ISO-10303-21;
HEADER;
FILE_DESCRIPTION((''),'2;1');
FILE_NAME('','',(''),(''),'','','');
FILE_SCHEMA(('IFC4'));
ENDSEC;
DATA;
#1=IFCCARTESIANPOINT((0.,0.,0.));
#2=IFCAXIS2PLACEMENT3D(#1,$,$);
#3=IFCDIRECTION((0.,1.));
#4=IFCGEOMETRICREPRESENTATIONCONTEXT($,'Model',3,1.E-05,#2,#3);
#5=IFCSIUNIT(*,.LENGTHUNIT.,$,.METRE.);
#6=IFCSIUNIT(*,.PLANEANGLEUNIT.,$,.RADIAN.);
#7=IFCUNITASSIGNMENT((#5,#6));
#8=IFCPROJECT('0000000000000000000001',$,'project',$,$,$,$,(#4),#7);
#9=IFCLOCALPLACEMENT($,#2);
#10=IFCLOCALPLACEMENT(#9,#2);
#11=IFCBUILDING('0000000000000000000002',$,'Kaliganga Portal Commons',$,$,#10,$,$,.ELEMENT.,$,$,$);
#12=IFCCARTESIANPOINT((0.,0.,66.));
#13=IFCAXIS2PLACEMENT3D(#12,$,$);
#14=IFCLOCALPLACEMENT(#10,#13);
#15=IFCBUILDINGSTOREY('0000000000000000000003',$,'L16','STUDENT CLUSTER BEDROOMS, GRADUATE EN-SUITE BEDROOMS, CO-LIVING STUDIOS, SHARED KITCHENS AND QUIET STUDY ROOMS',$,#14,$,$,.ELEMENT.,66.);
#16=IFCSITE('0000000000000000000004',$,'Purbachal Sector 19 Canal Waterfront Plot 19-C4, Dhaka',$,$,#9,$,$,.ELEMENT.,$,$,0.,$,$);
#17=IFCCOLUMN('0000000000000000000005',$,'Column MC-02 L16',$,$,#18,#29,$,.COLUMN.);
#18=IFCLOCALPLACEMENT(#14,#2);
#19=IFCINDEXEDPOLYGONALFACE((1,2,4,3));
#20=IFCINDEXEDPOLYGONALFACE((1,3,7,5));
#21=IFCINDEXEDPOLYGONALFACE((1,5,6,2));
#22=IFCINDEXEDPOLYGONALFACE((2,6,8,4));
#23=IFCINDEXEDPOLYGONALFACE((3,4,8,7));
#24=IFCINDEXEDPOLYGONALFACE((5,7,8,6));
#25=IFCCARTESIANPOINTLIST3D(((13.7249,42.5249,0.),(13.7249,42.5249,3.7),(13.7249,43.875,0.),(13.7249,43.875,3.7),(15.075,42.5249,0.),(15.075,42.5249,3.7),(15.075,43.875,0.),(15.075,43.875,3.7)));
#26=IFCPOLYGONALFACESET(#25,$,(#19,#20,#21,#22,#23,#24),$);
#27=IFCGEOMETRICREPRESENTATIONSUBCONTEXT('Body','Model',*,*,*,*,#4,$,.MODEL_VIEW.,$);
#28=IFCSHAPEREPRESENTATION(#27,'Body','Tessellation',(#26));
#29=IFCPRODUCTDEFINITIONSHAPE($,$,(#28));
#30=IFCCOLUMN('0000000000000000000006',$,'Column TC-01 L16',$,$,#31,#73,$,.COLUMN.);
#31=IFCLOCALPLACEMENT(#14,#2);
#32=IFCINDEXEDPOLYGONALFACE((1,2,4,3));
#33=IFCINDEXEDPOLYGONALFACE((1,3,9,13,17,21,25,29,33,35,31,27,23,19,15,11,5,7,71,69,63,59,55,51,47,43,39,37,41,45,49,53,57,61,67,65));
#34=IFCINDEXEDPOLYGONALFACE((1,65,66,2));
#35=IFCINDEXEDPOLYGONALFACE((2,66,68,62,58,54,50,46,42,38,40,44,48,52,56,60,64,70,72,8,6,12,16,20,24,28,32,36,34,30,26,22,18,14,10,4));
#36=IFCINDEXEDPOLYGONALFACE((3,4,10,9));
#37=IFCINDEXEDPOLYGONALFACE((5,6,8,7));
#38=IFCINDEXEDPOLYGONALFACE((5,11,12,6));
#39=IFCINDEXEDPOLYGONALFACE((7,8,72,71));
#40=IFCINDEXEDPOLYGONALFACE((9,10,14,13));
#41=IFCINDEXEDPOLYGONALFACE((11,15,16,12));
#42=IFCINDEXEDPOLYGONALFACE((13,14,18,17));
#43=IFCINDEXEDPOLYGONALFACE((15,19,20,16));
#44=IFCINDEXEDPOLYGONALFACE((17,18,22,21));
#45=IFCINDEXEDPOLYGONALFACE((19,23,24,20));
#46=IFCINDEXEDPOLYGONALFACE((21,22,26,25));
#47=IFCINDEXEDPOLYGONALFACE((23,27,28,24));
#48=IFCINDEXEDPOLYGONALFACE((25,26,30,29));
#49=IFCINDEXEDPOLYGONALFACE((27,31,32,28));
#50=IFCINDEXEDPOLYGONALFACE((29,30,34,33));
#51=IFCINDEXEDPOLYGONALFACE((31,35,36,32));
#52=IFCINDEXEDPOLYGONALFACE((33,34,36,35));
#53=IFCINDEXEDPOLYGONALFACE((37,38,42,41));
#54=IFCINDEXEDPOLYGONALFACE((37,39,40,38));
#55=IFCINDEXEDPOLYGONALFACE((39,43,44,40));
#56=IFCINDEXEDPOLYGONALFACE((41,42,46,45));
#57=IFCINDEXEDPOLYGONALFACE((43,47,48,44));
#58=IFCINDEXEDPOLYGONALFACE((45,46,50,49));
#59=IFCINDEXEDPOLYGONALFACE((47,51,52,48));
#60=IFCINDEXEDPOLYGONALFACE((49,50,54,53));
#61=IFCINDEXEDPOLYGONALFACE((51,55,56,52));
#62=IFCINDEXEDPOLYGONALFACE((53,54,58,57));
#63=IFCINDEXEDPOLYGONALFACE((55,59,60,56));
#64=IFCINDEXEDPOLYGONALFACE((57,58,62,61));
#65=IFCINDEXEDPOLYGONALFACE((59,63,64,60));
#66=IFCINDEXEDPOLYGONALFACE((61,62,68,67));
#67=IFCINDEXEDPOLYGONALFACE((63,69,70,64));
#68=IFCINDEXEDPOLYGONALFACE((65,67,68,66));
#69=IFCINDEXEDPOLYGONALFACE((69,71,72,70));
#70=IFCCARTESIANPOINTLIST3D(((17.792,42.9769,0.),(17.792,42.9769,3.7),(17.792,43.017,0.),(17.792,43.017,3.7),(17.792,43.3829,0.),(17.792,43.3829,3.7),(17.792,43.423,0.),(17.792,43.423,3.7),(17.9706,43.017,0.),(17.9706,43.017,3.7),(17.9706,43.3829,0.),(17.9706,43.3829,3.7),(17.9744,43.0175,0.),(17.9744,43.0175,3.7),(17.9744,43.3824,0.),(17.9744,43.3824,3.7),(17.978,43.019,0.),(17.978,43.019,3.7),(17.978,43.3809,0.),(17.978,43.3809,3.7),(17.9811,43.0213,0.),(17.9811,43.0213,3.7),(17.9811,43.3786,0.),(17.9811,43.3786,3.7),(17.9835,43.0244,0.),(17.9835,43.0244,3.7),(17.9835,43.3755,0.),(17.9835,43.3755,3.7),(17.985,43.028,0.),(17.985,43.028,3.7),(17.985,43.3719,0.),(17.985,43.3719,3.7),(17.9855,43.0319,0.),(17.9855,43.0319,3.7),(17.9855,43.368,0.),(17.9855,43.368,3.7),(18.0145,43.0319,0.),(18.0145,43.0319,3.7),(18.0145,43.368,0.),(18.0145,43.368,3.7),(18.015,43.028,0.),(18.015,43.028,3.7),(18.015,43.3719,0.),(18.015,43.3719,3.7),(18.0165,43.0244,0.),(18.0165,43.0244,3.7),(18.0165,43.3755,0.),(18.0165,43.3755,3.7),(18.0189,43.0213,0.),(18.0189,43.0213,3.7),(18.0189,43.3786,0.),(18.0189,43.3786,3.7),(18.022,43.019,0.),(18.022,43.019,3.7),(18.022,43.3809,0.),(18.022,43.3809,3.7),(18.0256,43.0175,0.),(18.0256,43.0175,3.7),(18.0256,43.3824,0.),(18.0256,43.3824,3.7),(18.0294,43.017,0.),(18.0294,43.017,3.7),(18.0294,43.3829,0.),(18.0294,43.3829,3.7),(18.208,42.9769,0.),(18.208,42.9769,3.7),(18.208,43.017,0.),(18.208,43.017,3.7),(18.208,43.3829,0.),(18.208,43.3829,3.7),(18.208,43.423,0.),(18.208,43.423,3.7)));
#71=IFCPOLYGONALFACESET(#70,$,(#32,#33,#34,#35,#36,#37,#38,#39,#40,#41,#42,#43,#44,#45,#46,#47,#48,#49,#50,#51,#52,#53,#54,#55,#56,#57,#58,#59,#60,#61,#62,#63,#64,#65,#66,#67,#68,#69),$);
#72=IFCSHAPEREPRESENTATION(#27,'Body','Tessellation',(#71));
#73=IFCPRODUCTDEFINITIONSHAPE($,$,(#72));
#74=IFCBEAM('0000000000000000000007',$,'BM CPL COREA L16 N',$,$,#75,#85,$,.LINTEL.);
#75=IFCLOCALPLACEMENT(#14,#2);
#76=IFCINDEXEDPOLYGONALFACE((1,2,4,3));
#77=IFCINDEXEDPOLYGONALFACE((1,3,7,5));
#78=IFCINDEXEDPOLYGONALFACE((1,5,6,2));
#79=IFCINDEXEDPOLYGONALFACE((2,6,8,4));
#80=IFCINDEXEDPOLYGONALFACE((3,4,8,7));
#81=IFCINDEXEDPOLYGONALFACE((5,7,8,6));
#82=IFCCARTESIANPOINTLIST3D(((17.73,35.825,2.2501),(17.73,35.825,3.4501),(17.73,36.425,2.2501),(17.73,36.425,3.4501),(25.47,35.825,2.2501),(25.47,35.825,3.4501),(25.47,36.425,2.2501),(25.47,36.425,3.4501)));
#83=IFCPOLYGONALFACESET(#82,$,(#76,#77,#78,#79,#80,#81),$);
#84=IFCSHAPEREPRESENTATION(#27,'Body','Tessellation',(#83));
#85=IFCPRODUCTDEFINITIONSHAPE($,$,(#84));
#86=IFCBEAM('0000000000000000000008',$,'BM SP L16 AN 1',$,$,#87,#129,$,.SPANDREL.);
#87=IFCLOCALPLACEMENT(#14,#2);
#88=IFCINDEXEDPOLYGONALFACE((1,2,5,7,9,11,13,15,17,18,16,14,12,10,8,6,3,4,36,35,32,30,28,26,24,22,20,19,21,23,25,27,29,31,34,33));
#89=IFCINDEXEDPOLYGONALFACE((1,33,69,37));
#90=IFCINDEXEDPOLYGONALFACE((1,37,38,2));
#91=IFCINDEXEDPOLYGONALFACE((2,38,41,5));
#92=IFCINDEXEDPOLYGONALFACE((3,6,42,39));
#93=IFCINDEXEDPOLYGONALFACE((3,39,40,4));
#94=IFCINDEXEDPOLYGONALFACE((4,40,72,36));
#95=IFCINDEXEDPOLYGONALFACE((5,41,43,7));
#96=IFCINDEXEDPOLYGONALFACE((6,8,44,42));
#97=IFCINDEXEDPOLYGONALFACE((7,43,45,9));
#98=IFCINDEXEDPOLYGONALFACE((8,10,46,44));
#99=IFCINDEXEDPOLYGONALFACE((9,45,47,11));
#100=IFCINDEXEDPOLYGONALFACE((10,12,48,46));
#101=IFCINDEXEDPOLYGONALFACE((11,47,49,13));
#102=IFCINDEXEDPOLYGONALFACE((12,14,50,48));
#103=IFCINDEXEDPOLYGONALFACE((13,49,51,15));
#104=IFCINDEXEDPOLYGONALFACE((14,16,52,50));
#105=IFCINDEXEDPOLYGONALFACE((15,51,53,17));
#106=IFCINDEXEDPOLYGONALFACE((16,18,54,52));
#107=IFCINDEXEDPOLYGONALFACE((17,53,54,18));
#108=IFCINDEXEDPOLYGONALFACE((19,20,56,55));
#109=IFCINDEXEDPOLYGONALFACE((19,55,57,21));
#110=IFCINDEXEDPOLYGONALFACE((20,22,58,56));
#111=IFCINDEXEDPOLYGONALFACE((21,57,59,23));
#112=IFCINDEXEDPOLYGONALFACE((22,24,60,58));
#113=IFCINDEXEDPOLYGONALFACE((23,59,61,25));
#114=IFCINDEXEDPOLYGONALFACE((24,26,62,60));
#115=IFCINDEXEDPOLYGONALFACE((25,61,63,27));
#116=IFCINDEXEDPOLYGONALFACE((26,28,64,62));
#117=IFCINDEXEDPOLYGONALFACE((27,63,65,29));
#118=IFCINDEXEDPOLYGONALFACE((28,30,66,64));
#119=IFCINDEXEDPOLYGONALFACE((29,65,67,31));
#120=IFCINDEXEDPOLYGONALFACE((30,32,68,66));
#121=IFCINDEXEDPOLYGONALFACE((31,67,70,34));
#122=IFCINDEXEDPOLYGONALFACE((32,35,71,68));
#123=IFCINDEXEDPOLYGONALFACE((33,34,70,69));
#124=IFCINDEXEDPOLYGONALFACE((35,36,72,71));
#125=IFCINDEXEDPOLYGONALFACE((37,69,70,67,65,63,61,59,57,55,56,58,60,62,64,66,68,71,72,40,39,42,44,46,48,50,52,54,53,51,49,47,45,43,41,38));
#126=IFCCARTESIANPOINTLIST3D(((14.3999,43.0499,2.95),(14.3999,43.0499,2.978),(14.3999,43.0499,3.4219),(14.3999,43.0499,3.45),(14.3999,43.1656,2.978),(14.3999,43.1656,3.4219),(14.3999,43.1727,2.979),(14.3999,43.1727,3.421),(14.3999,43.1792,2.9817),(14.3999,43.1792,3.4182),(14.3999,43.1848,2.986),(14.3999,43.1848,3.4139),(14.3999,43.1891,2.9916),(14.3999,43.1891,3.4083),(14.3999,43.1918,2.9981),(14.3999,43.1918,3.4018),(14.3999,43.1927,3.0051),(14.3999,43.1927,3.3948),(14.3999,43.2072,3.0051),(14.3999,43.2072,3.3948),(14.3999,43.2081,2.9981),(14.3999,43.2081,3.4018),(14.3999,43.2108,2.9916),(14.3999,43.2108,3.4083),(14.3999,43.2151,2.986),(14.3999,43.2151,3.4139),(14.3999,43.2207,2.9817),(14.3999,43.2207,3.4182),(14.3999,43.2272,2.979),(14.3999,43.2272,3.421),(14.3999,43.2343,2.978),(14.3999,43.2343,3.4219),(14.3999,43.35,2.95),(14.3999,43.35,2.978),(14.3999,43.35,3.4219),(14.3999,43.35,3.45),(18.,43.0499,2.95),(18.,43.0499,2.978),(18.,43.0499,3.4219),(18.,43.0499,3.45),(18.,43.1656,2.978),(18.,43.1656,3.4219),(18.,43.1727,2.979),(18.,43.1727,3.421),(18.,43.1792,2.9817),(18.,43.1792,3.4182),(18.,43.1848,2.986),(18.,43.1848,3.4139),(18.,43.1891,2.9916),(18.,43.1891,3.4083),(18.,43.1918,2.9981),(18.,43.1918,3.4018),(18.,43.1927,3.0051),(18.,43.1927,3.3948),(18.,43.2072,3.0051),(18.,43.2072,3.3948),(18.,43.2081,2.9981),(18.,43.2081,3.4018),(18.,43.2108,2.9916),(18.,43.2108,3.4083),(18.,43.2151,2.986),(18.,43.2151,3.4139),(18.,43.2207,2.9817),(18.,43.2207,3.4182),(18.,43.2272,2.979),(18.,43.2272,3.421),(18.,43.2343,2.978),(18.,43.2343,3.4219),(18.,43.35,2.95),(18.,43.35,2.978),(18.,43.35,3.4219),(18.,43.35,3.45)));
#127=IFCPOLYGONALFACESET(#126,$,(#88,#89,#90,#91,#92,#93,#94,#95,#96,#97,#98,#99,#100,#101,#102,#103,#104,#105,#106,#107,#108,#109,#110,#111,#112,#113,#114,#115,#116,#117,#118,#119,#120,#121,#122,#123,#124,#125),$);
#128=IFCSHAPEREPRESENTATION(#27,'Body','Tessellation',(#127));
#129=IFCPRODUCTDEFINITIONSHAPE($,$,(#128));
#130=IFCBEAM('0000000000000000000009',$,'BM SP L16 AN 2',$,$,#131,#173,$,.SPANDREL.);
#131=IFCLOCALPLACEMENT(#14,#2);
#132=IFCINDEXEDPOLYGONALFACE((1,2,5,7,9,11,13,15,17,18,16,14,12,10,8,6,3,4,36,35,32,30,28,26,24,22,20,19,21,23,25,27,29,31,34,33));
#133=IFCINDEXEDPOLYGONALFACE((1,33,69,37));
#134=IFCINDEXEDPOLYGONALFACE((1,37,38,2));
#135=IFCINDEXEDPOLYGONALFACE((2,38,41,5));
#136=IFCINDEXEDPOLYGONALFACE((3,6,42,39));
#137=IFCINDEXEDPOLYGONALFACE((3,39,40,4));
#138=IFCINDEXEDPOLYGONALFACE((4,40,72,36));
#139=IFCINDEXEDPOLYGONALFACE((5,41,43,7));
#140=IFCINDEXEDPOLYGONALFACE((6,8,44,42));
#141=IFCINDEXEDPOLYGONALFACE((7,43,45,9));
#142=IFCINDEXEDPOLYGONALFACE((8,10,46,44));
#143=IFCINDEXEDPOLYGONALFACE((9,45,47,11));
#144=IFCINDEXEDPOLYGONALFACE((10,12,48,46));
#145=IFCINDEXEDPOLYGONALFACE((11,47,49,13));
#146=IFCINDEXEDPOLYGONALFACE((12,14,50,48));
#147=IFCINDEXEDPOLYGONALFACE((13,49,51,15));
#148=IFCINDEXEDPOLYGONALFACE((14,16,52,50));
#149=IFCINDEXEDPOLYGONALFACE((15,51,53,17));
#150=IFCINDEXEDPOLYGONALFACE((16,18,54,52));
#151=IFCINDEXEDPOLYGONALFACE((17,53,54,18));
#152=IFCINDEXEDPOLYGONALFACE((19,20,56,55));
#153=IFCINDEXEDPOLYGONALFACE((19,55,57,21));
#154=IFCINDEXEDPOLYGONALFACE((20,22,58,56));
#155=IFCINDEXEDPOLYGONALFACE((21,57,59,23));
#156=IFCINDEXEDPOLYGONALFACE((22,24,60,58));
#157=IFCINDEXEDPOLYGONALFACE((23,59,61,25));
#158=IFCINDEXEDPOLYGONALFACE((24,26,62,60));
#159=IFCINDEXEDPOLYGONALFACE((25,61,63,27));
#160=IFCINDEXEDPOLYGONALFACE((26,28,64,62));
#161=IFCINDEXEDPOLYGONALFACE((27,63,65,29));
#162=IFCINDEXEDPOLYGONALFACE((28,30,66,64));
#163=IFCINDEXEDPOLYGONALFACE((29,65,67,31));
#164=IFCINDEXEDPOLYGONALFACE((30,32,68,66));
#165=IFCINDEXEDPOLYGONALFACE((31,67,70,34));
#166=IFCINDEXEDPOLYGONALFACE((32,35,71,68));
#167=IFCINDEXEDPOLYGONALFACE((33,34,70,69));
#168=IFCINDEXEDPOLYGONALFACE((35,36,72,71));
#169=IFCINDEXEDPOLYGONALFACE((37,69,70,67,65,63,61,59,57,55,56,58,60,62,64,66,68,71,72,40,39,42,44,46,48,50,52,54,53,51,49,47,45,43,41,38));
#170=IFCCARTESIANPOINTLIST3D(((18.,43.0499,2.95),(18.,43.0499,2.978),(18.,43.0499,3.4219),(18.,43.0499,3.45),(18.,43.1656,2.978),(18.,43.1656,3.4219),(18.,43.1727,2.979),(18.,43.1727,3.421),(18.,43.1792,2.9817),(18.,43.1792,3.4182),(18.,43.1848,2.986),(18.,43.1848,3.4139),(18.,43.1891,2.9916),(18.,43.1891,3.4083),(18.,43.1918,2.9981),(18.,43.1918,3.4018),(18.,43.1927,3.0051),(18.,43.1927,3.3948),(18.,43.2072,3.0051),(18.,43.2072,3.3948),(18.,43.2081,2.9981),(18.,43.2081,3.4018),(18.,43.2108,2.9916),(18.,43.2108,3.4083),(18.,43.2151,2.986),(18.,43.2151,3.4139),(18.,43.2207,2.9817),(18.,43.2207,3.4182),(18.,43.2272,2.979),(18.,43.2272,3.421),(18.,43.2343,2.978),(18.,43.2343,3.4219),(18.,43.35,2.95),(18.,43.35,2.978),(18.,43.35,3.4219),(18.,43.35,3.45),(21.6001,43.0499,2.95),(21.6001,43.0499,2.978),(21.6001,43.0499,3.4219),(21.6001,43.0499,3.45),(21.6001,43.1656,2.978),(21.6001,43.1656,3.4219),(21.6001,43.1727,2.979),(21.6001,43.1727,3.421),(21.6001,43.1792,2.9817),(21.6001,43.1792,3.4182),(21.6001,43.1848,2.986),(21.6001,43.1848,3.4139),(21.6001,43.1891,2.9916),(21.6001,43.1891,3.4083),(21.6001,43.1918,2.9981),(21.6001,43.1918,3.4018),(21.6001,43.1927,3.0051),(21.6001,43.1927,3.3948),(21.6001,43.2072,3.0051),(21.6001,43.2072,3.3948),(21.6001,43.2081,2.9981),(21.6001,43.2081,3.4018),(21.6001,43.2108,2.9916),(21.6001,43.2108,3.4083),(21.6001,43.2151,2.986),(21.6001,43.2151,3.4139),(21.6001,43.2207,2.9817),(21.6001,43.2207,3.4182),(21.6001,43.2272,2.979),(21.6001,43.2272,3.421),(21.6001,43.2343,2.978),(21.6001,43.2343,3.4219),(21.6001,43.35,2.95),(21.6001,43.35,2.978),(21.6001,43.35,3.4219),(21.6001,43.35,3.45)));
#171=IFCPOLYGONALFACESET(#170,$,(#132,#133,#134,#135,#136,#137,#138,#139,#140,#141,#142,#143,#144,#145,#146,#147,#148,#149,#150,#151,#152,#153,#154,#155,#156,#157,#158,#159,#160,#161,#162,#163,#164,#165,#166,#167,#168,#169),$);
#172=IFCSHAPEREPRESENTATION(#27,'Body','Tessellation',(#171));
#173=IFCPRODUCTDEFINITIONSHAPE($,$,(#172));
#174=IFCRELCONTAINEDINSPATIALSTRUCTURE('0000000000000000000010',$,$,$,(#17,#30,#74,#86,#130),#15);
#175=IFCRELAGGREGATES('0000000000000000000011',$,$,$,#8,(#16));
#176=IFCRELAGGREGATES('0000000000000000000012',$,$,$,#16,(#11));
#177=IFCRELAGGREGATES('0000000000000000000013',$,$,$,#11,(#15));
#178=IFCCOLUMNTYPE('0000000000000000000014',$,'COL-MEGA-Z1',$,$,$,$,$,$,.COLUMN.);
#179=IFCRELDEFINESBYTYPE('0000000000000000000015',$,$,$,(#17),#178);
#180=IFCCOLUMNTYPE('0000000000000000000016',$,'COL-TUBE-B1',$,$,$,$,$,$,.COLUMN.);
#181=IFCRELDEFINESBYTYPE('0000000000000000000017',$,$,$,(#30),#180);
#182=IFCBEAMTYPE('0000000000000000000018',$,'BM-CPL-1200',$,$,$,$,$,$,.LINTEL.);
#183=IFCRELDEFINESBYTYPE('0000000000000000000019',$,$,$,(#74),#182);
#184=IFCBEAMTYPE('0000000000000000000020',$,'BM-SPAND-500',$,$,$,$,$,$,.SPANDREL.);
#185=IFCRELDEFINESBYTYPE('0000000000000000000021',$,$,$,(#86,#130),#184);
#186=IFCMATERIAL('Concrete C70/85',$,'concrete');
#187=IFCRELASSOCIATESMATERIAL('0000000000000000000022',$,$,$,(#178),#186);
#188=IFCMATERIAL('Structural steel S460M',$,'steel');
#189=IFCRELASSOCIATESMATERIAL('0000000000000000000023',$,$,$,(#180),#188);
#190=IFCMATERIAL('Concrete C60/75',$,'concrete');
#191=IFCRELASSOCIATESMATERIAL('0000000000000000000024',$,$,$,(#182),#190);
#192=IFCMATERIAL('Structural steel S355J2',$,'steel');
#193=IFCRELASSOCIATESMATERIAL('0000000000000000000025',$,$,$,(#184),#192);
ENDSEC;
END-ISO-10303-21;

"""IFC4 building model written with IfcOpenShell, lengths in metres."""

from ifc_helpers import new_model, si_unit, direction, frame, origin, origin_2d, place, context, subcontext, project, spatial, rectangle, i_section, extrude, source, transform, mapped, material, material_profile, profile_set, type_object, element, save


model = new_model("IFC4")

# Units and contexts
model_context = context("Model", 3, precision=1e-05, world=origin(), true_north=direction((0.0, 1.0)))
body_context = subcontext(model_context, "Body", "Model", "MODEL_VIEW")
ifc_project = project(units=[si_unit("LENGTHUNIT", "METRE"), si_unit("PLANEANGLEUNIT", "RADIAN")], contexts=[model_context])

# Site, building, storey
site_placement = place(None, origin())
site = spatial("IfcSite", under=ifc_project, at=site_placement, Name="Purbachal Sector 19 Canal Waterfront Plot 19-C4, Dhaka", CompositionType="ELEMENT", RefElevation=0.0)
building_placement = place(site_placement, origin())
building = spatial("IfcBuilding", under=site, at=building_placement, Name="Kaliganga Portal Commons", CompositionType="ELEMENT")
storey_placement = place(building_placement, frame((0.0, 0.0, 66.0)))
storey = spatial("IfcBuildingStorey", under=building, at=storey_placement, Name="L16", Description="STUDENT CLUSTER BEDROOMS, GRADUATE EN-SUITE BEDROOMS, CO-LIVING STUDIOS, SHARED KITCHENS AND QUIET STUDY ROOMS", CompositionType="ELEMENT", Elevation=66.0)

# Columns
ifc_material_1 = material(Name="Concrete C70/85", Category="concrete")
ifc_material_profile_1 = material_profile(ifc_material_1, rectangle(XDim=1.3501, YDim=1.3501, at=origin_2d()), Name="RC 1350x1350")
ifc_profile_set_1 = profile_set([ifc_material_profile_1], Name="Concrete C70/85")
column_type_1 = type_object("IfcColumnType", Name="COL-MEGA-Z1", PredefinedType="COLUMN", material=ifc_profile_set_1)
shared_shape_1 = source(origin(), body_context, "Body", "SweptSolid", [
    extrude(rectangle(XDim=1.3501, YDim=1.3501, at=origin_2d()), origin(), (0.0, 0.0, 1.0), 3.7),
])
column_1_placement = place(storey_placement, frame((14.3999, 43.2, 0.0), z_axis=(0.0, 0.0, 1.0), x_axis=(1.0, 0.0, 0.0)))
element("IfcColumn", 1, at=column_1_placement, inside=storey, type_object=column_type_1, Name="Column MC-02 L16", PredefinedType="COLUMN", context=body_context, shape_type="MappedRepresentation", body=[
    mapped(shared_shape_1, transform((0.0, 0.0, 0.0), x_axis=(1.0, 0.0, 0.0), y_axis=(0.0, 1.0, 0.0), z_axis=(0.0, 0.0, 1.0), scale=1.0)),
])
ifc_material_2 = material(Name="Structural steel S460M", Category="steel")
ifc_material_profile_2 = material_profile(ifc_material_2, i_section(OverallWidth=0.416, OverallDepth=0.446, WebThickness=0.0291, FlangeThickness=0.04, FilletRadius=0.0149, at=origin_2d()), Name="HD 400x509")
ifc_profile_set_2 = profile_set([ifc_material_profile_2], Name="Structural steel S460M wide-flange")
column_type_2 = type_object("IfcColumnType", Name="COL-TUBE-B1", PredefinedType="COLUMN", material=ifc_profile_set_2)
shared_shape_2 = source(origin(), body_context, "Body", "SweptSolid", [
    extrude(i_section(OverallWidth=0.416, OverallDepth=0.446, WebThickness=0.0291, FlangeThickness=0.04, FilletRadius=0.0149, at=origin_2d()), origin(), (0.0, 0.0, 1.0), 3.7),
])
column_2_placement = place(storey_placement, frame((18.0, 43.2, 0.0), z_axis=(0.0, 0.0, 1.0), x_axis=(1.0, 0.0, 0.0)))
element("IfcColumn", 2, at=column_2_placement, inside=storey, type_object=column_type_2, Name="Column TC-01 L16", PredefinedType="COLUMN", context=body_context, shape_type="MappedRepresentation", body=[
    mapped(shared_shape_2, transform((0.0, 0.0, 0.0), x_axis=(1.0, 0.0, 0.0), y_axis=(0.0, 1.0, 0.0), z_axis=(0.0, 0.0, 1.0), scale=1.0)),
])

# Beams
ifc_material_3 = material(Name="Concrete C60/75", Category="concrete")
ifc_material_profile_3 = material_profile(ifc_material_3, rectangle(XDim=0.6001, YDim=1.2, at=origin_2d()), Name="RC 600x1200")
ifc_profile_set_3 = profile_set([ifc_material_profile_3], Name="Concrete C60/75")
beam_type_1 = type_object("IfcBeamType", Name="BM-CPL-1200", PredefinedType="LINTEL", material=ifc_profile_set_3)
shared_shape_3 = source(origin(), body_context, "Body", "SweptSolid", [
    extrude(rectangle(XDim=0.6001, YDim=1.2, at=origin_2d()), origin(), (0.0, 0.0, 1.0), 7.74),
])
beam_1_placement = place(storey_placement, frame((17.73, 36.125, 2.8501), z_axis=(1.0, 0.0, 0.0), x_axis=(0.0, 1.0, 0.0)))
element("IfcBeam", 3, at=beam_1_placement, inside=storey, type_object=beam_type_1, Name="BM CPL COREA L16 N", PredefinedType="LINTEL", context=body_context, shape_type="MappedRepresentation", body=[
    mapped(shared_shape_3, transform((0.0, 0.0, 0.0), x_axis=(1.0, 0.0, 0.0), y_axis=(0.0, 1.0, 0.0), z_axis=(0.0, 0.0, 1.0), scale=1.0)),
])
ifc_material_4 = material(Name="Structural steel S355J2", Category="steel")
ifc_material_profile_4 = material_profile(ifc_material_4, i_section(OverallWidth=0.3, OverallDepth=0.5, WebThickness=0.0144, FlangeThickness=0.0281, FilletRadius=0.0271, at=origin_2d()), Name="HE 500 B")
ifc_profile_set_4 = profile_set([ifc_material_profile_4], Name="Structural steel S355J2 wide-flange")
beam_type_2 = type_object("IfcBeamType", Name="BM-SPAND-500", PredefinedType="SPANDREL", material=ifc_profile_set_4)
shared_shape_4 = source(origin(), body_context, "Body", "SweptSolid", [
    extrude(i_section(OverallWidth=0.3, OverallDepth=0.5, WebThickness=0.0144, FlangeThickness=0.0281, FilletRadius=0.0271, at=origin_2d()), origin(), (0.0, 0.0, 1.0), 3.6001),
])
for number, where, z_axis, x_axis, name in (
    (4, (14.3999, 43.2, 3.2), (1.0, 0.0, 0.0), (0.0, 1.0, 0.0), "BM SP L16 AN 1"),
    (5, (18.0, 43.2, 3.2), (1.0, 0.0, 0.0), (0.0, 1.0, 0.0), "BM SP L16 AN 2"),
):
    element("IfcBeam", number, at=place(storey_placement, frame(where, z_axis=z_axis, x_axis=x_axis)), inside=storey, type_object=beam_type_2, Name=name, PredefinedType="SPANDREL", context=body_context, shape_type="MappedRepresentation", body=[
        mapped(shared_shape_4, transform((0.0, 0.0, 0.0), x_axis=(1.0, 0.0, 0.0), y_axis=(0.0, 1.0, 0.0), z_axis=(0.0, 0.0, 1.0), scale=1.0)),
    ])

save(model, "model.ifc")
